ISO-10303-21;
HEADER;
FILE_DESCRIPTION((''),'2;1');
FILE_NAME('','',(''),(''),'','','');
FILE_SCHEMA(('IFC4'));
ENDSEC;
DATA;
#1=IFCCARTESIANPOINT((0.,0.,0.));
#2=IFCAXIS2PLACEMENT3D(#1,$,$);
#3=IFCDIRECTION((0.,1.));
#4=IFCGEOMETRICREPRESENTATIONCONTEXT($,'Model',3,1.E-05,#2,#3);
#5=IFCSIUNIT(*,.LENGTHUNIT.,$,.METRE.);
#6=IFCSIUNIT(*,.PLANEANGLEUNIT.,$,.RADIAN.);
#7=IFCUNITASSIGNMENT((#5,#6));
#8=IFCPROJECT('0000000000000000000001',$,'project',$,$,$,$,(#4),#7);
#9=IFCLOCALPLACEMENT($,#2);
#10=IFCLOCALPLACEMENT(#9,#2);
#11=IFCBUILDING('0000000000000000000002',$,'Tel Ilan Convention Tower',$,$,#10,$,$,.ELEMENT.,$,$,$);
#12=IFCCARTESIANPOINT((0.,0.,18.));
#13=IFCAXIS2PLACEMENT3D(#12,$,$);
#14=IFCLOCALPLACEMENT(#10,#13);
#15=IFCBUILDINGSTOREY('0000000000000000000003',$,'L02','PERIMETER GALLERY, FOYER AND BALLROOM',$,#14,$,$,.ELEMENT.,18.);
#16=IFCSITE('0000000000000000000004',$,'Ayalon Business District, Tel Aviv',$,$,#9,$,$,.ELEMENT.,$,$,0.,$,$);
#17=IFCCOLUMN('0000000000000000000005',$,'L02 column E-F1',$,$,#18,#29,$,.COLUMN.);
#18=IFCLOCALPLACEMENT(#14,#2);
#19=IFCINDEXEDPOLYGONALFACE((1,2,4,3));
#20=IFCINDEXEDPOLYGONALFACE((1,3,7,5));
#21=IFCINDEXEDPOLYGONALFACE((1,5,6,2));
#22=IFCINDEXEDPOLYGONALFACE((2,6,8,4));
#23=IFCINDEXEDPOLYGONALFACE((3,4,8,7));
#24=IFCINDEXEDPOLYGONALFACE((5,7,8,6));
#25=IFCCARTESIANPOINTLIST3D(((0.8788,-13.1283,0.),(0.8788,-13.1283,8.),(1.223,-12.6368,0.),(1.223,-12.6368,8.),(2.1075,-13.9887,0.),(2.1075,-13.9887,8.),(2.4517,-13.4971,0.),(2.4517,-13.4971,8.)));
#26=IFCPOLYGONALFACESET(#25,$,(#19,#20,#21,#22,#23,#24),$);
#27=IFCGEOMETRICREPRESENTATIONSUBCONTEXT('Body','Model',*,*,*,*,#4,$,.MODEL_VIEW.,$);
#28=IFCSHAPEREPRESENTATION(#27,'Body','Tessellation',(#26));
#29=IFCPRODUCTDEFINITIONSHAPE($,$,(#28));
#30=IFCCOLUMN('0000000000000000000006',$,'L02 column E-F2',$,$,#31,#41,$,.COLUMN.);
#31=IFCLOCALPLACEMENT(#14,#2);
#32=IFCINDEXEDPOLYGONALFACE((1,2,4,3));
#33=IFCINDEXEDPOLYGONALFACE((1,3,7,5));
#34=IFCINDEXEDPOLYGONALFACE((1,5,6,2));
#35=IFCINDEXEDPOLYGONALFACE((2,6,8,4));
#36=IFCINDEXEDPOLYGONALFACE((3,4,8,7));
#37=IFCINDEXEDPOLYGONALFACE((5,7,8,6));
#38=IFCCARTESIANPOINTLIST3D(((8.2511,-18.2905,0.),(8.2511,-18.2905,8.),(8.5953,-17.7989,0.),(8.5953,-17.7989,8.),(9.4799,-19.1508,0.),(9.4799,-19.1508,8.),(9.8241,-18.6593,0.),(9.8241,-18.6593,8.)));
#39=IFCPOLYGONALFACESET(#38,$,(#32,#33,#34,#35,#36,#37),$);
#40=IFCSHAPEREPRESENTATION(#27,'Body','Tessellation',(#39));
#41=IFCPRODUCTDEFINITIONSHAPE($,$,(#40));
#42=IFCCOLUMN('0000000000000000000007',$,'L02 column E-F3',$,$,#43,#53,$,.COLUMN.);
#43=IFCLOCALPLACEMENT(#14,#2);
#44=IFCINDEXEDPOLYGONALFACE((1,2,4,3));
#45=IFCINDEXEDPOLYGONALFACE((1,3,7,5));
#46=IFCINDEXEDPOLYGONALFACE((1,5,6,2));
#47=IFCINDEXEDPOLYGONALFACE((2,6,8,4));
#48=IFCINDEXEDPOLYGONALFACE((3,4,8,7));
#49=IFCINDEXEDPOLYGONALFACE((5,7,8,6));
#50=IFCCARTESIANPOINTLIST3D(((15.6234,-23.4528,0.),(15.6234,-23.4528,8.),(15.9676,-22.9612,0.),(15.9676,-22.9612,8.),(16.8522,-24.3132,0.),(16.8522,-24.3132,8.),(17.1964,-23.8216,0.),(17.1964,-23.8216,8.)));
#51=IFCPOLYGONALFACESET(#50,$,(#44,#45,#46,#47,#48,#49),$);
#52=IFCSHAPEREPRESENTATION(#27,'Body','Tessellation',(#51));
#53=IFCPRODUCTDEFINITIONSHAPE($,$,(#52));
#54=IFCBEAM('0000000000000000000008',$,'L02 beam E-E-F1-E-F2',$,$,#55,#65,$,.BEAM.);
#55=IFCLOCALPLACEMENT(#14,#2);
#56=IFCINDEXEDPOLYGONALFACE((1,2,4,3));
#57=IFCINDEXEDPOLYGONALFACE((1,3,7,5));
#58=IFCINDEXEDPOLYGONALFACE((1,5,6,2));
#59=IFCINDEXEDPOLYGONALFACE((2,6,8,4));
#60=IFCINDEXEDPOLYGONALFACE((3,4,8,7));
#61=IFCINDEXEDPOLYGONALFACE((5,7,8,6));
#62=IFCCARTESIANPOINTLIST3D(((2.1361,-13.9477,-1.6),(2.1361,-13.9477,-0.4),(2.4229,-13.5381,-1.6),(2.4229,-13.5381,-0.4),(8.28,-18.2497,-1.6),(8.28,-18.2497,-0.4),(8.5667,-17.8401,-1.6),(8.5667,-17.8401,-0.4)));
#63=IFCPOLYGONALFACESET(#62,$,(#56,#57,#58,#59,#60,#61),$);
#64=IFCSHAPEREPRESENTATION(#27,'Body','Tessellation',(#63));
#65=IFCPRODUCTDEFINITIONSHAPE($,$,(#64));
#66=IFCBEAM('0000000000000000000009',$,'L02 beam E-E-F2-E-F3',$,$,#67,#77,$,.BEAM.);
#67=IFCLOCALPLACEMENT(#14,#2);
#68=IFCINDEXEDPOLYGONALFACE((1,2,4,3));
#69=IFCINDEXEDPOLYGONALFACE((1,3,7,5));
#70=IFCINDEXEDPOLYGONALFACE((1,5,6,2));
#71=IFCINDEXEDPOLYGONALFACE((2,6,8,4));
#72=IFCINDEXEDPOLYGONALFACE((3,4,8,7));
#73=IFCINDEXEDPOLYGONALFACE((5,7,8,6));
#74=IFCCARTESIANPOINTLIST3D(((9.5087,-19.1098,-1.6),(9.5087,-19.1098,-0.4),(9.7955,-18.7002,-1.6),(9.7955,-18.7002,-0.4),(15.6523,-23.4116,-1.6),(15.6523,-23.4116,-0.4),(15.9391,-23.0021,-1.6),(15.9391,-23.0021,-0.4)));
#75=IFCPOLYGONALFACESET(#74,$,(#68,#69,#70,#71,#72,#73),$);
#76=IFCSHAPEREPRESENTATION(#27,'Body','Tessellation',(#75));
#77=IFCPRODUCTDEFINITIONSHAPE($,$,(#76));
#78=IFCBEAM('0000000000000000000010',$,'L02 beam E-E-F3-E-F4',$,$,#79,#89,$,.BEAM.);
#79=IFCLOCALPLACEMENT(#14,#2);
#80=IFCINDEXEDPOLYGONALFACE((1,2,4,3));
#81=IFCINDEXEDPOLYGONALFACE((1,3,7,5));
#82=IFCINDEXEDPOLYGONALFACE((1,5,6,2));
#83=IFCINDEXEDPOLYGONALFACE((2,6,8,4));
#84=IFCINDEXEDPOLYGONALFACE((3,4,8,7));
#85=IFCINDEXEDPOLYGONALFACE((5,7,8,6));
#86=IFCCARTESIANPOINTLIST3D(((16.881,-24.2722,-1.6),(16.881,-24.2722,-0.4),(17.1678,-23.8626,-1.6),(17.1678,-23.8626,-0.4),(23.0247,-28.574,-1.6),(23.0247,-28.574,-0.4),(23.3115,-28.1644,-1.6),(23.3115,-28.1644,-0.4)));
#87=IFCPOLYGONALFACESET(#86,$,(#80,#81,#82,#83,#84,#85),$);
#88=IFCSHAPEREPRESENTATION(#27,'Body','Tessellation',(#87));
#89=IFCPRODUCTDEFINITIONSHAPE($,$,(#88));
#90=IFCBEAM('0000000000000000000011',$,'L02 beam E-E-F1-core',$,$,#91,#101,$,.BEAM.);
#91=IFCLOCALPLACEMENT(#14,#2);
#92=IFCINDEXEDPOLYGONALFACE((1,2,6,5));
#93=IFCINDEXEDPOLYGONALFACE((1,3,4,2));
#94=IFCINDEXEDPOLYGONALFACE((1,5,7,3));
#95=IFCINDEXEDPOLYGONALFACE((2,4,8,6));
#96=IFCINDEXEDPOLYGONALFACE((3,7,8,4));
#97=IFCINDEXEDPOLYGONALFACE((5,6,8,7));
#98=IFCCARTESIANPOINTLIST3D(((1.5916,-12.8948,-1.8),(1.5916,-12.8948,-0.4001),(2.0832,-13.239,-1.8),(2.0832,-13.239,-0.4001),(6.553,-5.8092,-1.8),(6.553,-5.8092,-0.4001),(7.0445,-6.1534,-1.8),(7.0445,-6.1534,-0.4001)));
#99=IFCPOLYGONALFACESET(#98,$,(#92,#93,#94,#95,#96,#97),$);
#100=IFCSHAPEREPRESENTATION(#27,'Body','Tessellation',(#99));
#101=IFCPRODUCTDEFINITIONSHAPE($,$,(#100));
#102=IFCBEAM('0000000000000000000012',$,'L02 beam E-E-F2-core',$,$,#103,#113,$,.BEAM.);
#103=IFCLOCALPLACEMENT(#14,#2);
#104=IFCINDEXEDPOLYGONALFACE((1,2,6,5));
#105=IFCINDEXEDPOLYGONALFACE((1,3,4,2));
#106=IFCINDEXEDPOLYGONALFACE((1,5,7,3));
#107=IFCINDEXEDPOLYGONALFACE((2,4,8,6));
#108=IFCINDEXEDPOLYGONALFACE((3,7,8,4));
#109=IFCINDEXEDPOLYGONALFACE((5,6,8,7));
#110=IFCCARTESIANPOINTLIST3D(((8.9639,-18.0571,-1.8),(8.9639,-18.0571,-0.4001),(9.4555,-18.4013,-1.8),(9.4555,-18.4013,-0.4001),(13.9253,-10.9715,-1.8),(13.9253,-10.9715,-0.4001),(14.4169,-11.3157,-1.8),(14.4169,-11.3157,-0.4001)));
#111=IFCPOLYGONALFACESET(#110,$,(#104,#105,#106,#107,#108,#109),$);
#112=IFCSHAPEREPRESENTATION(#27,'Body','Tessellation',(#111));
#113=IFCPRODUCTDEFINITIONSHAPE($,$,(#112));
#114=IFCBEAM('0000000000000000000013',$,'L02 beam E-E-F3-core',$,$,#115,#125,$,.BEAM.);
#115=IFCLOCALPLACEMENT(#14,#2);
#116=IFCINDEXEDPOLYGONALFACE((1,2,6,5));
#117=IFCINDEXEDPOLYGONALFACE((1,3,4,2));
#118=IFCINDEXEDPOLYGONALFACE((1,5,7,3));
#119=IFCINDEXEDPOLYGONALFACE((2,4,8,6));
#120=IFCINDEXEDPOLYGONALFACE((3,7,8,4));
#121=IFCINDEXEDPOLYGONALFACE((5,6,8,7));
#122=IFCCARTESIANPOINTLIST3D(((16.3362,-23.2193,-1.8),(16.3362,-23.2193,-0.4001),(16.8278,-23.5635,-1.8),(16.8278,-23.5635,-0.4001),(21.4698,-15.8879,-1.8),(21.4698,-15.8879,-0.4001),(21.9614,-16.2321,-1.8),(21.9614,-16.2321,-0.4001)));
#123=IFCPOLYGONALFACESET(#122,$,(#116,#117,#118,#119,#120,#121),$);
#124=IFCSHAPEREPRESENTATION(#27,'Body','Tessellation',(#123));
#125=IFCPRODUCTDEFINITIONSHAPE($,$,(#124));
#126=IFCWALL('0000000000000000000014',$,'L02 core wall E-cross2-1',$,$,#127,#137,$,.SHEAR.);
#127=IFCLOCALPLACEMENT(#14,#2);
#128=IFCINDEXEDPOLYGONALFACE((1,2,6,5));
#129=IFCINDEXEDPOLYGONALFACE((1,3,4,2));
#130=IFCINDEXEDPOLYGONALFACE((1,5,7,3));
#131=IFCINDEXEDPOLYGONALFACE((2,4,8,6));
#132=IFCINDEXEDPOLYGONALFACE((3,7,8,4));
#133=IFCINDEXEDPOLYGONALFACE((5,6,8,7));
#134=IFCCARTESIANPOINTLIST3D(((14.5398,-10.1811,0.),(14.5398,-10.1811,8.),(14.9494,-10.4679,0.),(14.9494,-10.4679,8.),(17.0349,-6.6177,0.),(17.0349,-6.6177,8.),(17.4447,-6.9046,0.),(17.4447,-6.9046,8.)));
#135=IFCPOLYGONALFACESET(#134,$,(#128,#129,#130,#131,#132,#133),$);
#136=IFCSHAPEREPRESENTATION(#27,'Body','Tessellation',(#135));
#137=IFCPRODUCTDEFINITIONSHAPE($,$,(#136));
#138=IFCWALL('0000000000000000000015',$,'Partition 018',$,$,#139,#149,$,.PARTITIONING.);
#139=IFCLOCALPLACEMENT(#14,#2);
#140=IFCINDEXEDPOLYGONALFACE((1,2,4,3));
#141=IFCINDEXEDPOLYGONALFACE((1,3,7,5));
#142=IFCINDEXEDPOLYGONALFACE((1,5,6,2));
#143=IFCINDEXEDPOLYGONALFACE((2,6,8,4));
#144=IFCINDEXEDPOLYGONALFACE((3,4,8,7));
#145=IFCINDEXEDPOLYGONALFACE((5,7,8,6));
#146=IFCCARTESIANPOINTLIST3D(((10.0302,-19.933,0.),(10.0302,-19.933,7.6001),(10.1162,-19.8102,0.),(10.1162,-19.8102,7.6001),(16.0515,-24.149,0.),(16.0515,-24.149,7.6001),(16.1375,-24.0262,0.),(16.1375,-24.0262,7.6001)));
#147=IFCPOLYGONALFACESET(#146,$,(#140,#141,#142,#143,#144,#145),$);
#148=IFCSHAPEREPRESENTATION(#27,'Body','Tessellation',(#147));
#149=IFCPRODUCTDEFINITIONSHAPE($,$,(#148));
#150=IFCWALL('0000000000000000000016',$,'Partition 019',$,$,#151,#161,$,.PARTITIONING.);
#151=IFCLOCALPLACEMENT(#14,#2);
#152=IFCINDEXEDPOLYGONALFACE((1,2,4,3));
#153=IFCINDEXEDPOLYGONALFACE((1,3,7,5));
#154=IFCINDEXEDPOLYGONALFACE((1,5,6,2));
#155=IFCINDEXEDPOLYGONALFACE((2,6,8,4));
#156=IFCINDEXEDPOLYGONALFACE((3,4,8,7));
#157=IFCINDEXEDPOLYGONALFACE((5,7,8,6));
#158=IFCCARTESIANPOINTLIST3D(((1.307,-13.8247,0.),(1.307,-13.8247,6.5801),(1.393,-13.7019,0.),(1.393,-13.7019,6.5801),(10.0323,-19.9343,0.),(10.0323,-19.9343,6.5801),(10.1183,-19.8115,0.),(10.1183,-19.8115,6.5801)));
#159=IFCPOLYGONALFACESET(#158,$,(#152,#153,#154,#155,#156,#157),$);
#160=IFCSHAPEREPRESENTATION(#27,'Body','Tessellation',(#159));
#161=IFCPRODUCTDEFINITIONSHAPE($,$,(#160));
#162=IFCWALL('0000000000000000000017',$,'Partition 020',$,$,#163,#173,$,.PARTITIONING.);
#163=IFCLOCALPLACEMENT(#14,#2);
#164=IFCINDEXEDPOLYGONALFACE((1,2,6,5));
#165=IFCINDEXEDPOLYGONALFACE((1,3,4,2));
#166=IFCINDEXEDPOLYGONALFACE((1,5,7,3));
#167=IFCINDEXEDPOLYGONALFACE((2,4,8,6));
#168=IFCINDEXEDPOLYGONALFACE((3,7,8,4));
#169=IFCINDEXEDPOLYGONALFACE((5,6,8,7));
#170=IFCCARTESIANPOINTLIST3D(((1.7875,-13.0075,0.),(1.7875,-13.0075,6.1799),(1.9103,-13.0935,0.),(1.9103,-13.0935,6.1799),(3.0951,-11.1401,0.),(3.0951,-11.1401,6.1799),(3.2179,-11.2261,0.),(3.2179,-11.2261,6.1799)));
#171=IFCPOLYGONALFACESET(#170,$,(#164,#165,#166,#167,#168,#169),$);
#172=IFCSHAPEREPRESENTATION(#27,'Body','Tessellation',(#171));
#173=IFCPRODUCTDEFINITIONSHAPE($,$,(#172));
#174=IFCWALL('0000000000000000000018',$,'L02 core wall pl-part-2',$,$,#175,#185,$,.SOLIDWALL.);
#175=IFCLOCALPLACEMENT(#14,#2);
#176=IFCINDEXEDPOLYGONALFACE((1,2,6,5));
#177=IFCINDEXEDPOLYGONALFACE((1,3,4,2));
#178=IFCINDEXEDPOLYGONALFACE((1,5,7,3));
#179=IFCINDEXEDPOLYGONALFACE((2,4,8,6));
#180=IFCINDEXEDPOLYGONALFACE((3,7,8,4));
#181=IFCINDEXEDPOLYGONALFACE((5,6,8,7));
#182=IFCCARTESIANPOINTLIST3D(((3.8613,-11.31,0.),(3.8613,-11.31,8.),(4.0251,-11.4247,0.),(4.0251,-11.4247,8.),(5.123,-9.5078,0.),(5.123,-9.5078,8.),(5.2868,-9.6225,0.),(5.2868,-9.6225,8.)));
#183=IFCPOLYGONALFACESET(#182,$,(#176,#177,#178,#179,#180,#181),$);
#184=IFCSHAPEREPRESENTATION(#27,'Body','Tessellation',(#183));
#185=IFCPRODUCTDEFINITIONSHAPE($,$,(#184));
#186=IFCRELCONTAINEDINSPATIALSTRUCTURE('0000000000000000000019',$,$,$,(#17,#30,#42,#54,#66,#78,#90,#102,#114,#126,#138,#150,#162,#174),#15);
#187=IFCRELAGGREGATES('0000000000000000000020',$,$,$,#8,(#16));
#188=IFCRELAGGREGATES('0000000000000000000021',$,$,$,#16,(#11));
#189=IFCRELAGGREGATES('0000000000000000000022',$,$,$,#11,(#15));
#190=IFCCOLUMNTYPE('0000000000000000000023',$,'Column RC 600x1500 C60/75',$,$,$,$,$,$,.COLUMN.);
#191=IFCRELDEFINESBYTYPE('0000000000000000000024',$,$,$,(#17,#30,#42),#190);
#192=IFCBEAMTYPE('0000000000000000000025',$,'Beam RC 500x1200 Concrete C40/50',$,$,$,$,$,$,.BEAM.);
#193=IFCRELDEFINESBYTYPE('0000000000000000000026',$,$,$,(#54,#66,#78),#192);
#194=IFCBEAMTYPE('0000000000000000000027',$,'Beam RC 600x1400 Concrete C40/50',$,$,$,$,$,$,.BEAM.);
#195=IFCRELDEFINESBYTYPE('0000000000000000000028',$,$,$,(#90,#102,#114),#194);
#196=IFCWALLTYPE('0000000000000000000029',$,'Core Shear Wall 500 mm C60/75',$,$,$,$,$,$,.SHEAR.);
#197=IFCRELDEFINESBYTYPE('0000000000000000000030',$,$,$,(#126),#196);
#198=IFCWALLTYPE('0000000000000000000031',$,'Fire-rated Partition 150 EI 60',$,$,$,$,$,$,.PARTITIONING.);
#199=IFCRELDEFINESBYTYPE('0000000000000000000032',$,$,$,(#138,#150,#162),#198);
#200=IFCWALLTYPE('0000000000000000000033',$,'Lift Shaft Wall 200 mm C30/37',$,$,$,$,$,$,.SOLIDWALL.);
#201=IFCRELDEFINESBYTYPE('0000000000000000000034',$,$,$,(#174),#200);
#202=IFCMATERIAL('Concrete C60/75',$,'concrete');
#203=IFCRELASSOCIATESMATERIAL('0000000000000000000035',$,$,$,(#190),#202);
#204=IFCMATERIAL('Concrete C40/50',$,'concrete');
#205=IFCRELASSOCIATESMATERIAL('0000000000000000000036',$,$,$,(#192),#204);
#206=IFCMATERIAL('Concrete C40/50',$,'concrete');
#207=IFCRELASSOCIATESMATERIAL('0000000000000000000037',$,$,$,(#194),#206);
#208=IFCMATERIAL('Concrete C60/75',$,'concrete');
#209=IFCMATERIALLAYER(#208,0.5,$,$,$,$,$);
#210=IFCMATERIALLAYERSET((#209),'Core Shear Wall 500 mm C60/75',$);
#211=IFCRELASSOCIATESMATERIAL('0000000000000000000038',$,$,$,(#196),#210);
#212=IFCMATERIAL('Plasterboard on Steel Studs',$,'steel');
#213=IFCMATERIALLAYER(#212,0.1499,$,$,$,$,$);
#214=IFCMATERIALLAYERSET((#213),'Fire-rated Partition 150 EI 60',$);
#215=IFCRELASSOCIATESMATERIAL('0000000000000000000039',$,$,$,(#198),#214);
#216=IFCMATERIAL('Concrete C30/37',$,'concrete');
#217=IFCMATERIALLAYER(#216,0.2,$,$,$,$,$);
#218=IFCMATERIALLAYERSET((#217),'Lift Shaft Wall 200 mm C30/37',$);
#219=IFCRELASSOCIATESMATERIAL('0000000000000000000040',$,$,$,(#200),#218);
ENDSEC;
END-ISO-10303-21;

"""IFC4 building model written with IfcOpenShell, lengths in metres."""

from ifc_helpers import new_model, si_unit, direction, frame, frame_2d, origin, origin_2d, place, context, subcontext, project, spatial, polyline, rectangle, outline, extrude, material, layer, layer_set, material_profile, profile_set, type_object, element, save


model = new_model("IFC4")

# Units and contexts
model_context = context("Model", 3, precision=1e-05, world=origin(), true_north=direction((0.0, 1.0)))
body_context = subcontext(model_context, "Body", "Model", "MODEL_VIEW")
ifc_project = project(units=[si_unit("LENGTHUNIT", "METRE"), si_unit("PLANEANGLEUNIT", "RADIAN")], contexts=[model_context])

# Site, building, storey
site_placement = place(None, origin())
site = spatial("IfcSite", under=ifc_project, at=site_placement, Name="Ayalon Business District, Tel Aviv", CompositionType="ELEMENT", RefElevation=0.0)
building_placement = place(site_placement, origin())
building = spatial("IfcBuilding", under=site, at=building_placement, Name="Tel Ilan Convention Tower", CompositionType="ELEMENT")
storey_placement = place(building_placement, frame((0.0, 0.0, 18.0)))
storey = spatial("IfcBuildingStorey", under=building, at=storey_placement, Name="L02", Description="PERIMETER GALLERY, FOYER AND BALLROOM", CompositionType="ELEMENT", Elevation=18.0)

# Columns
ifc_material_1 = material(Name="Concrete C60/75", Category="concrete")
ifc_material_profile_1 = material_profile(ifc_material_1, rectangle(XDim=1.5, YDim=0.6001, at=origin_2d()), Name="RC 600x1500")
ifc_profile_set_1 = profile_set([ifc_material_profile_1], Name="Concrete C60/75")
column_type = type_object("IfcColumnType", Name="Column RC 600x1500 C60/75", PredefinedType="COLUMN", material=ifc_profile_set_1)
for number, where, z_axis, x_axis, name in (
    (1, (1.6653, -13.3127, 0.0), (0.0, 0.0, 1.0), (0.819152, -0.573576, 0.0), "L02 column E-F1"),
    (2, (9.0376, -18.4749, 0.0), (0.0, 0.0, 1.0), (0.819152, -0.573576, 0.0), "L02 column E-F2"),
    (3, (16.4099, -23.6372, 0.0), (0.0, 0.0, 1.0), (0.819152, -0.573576, 0.0), "L02 column E-F3"),
):
    element("IfcColumn", number, at=place(storey_placement, frame(where, z_axis=z_axis, x_axis=x_axis)), inside=storey, type_object=column_type, Name=name, PredefinedType="COLUMN", context=body_context, shape_type="SweptSolid", body=[
        extrude(rectangle(XDim=1.5, YDim=0.6001, at=origin_2d()), origin(), (0.0, 0.0, 1.0), 8.0),
    ])

# Beams
ifc_material_2 = material(Name="Concrete C40/50", Category="concrete")
ifc_material_profile_2 = material_profile(ifc_material_2, rectangle(XDim=0.5, YDim=1.2, at=origin_2d()), Name="RC 500x1200")
ifc_profile_set_2 = profile_set([ifc_material_profile_2], Name="Concrete C40/50")
beam_type_1 = type_object("IfcBeamType", Name="Beam RC 500x1200 Concrete C40/50", PredefinedType="BEAM", material=ifc_profile_set_2)
beam_1_placement = place(storey_placement, frame((2.2795, -13.7429, -1.0), z_axis=(0.819148, -0.573582, 0.0), x_axis=(0.573582, 0.819148, 0.0)))
element("IfcBeam", 4, at=beam_1_placement, inside=storey, type_object=beam_type_1, Name="L02 beam E-E-F1-E-F2", PredefinedType="BEAM", context=body_context, shape_type="SweptSolid", body=[
    extrude(rectangle(XDim=0.5, YDim=1.2, at=origin_2d()), origin(), (0.0, 0.0, 1.0), 7.5002),
])
for number, where, z_axis, x_axis, name in (
    (5, (9.6521, -18.905, -1.0), (0.819152, -0.573576, 0.0), (0.573576, 0.819152, 0.0), "L02 beam E-E-F2-E-F3"),
    (6, (17.0244, -24.0674, -1.0), (0.819152, -0.573576, 0.0), (0.573576, 0.819152, 0.0), "L02 beam E-E-F3-E-F4"),
):
    element("IfcBeam", number, at=place(storey_placement, frame(where, z_axis=z_axis, x_axis=x_axis)), inside=storey, type_object=beam_type_1, Name=name, PredefinedType="BEAM", context=body_context, shape_type="SweptSolid", body=[
        extrude(rectangle(XDim=0.5, YDim=1.2, at=origin_2d()), origin(), (0.0, 0.0, 1.0), 7.5),
    ])
ifc_material_3 = material(Name="Concrete C40/50", Category="concrete")
ifc_material_profile_3 = material_profile(ifc_material_3, rectangle(XDim=0.6001, YDim=1.3999, at=origin_2d()), Name="RC 600x1400")
ifc_profile_set_3 = profile_set([ifc_material_profile_3], Name="Concrete C40/50")
beam_type_2 = type_object("IfcBeamType", Name="Beam RC 600x1400 Concrete C40/50", PredefinedType="BEAM", material=ifc_profile_set_3)
for number, where, z_axis, x_axis, name in (
    (7, (1.8374, -13.0669, -1.1001), (0.573574, 0.819154, 0.0), (-0.819154, 0.573574, 0.0), "L02 beam E-E-F1-core"),
    (8, (9.2097, -18.2292, -1.1001), (0.573574, 0.819154, 0.0), (-0.819154, 0.573574, 0.0), "L02 beam E-E-F2-core"),
):
    element("IfcBeam", number, at=place(storey_placement, frame(where, z_axis=z_axis, x_axis=x_axis)), inside=storey, type_object=beam_type_2, Name=name, PredefinedType="BEAM", context=body_context, shape_type="SweptSolid", body=[
        extrude(rectangle(XDim=0.6001, YDim=1.3999, at=origin_2d()), origin(), (0.0, 0.0, 1.0), 8.6499),
    ])
beam_2_placement = place(storey_placement, frame((16.582, -23.3914, -1.1001), z_axis=(0.573585, 0.819146, 0.0), x_axis=(-0.819146, 0.573585, 0.0)))
element("IfcBeam", 9, at=beam_2_placement, inside=storey, type_object=beam_type_2, Name="L02 beam E-E-F3-core", PredefinedType="BEAM", context=body_context, shape_type="SweptSolid", body=[
    extrude(rectangle(XDim=0.6001, YDim=1.3999, at=origin_2d()), origin(), (0.0, 0.0, 1.0), 8.95),
])

# Walls
ifc_material_4 = material(Name="Concrete C60/75", Category="concrete")
ifc_layer_1 = layer(ifc_material_4, 0.5)
ifc_layer_set_1 = layer_set([ifc_layer_1], Name="Core Shear Wall 500 mm C60/75")
wall_type_1 = type_object("IfcWallType", Name="Core Shear Wall 500 mm C60/75", PredefinedType="SHEAR", material=ifc_layer_set_1)
wall_1_placement = place(storey_placement, frame((14.7446, -10.3245, 0.0), z_axis=(0.0, 0.0, 1.0), x_axis=(0.573568, 0.819158, 0.0)))
element("IfcWall", 10, at=wall_1_placement, inside=storey, type_object=wall_type_1, Name="L02 core wall E-cross2-1", PredefinedType="SHEAR", context=body_context, shape_type="SweptSolid", body=[
    extrude(outline(polyline([(0.0, 0.25), (0.0, -0.25), (4.3501, -0.2502), (4.3501, 0.25), (0.0, 0.25)])), origin(), (0.0, 0.0, 1.0), 8.0),
])
ifc_material_5 = material(Name="Plasterboard on Steel Studs", Category="steel")
ifc_layer_2 = layer(ifc_material_5, 0.1499)
ifc_layer_set_2 = layer_set([ifc_layer_2], Name="Fire-rated Partition 150 EI 60")
wall_type_2 = type_object("IfcWallType", Name="Fire-rated Partition 150 EI 60", PredefinedType="PARTITIONING", material=ifc_layer_set_2)
wall_2_placement = place(storey_placement, frame((16.0945, -24.0876, 0.0), z_axis=(0.0, 0.0, 1.0), x_axis=(-0.819155, 0.573572, 0.0)))
element("IfcWall", 11, at=wall_2_placement, inside=storey, type_object=wall_type_2, Name="Partition 018", PredefinedType="PARTITIONING", context=body_context, shape_type="SweptSolid", body=[
    extrude(rectangle(XDim=7.3506, YDim=0.1499, at=frame_2d((3.6753, 0.0))), origin(), (0.0, 0.0, 1.0), 7.6001),
])
wall_3_placement = place(storey_placement, frame((10.0752, -19.8728, 0.0), z_axis=(0.0, 0.0, 1.0), x_axis=(-0.819149, 0.573581, 0.0)))
element("IfcWall", 12, at=wall_3_placement, inside=storey, type_object=wall_type_2, Name="Partition 019", PredefinedType="PARTITIONING", context=body_context, shape_type="SweptSolid", body=[
    extrude(rectangle(XDim=10.6516, YDim=0.1499, at=frame_2d((5.3257, 0.0))), origin(), (0.0, 0.0, 1.0), 6.5801),
])
wall_4_placement = place(storey_placement, frame((1.8489, -13.0505, 0.0), z_axis=(0.0, 0.0, 1.0), x_axis=(0.573585, 0.819146, 0.0)))
element("IfcWall", 13, at=wall_4_placement, inside=storey, type_object=wall_type_2, Name="Partition 020", PredefinedType="PARTITIONING", context=body_context, shape_type="SweptSolid", body=[
    extrude(rectangle(XDim=2.2798, YDim=0.1499, at=frame_2d((1.1399, 0.0))), origin(), (0.0, 0.0, 1.0), 6.1799),
])
ifc_material_6 = material(Name="Concrete C30/37", Category="concrete")
ifc_layer_3 = layer(ifc_material_6, 0.2)
ifc_layer_set_3 = layer_set([ifc_layer_3], Name="Lift Shaft Wall 200 mm C30/37")
wall_type_3 = type_object("IfcWallType", Name="Lift Shaft Wall 200 mm C30/37", PredefinedType="SOLIDWALL", material=ifc_layer_set_3)
wall_5_placement = place(storey_placement, frame((3.9431, -11.3674, 0.0), z_axis=(0.0, 0.0, 1.0), x_axis=(0.573507, 0.819201, 0.0)))
element("IfcWall", 14, at=wall_5_placement, inside=storey, type_object=wall_type_3, Name="L02 core wall pl-part-2", PredefinedType="SOLIDWALL", context=body_context, shape_type="SweptSolid", body=[
    extrude(rectangle(XDim=2.2, YDim=0.2, at=frame_2d((1.1001, 0.0))), origin(), (0.0, 0.0, 1.0), 8.0),
])

save(model, "model.ifc")
